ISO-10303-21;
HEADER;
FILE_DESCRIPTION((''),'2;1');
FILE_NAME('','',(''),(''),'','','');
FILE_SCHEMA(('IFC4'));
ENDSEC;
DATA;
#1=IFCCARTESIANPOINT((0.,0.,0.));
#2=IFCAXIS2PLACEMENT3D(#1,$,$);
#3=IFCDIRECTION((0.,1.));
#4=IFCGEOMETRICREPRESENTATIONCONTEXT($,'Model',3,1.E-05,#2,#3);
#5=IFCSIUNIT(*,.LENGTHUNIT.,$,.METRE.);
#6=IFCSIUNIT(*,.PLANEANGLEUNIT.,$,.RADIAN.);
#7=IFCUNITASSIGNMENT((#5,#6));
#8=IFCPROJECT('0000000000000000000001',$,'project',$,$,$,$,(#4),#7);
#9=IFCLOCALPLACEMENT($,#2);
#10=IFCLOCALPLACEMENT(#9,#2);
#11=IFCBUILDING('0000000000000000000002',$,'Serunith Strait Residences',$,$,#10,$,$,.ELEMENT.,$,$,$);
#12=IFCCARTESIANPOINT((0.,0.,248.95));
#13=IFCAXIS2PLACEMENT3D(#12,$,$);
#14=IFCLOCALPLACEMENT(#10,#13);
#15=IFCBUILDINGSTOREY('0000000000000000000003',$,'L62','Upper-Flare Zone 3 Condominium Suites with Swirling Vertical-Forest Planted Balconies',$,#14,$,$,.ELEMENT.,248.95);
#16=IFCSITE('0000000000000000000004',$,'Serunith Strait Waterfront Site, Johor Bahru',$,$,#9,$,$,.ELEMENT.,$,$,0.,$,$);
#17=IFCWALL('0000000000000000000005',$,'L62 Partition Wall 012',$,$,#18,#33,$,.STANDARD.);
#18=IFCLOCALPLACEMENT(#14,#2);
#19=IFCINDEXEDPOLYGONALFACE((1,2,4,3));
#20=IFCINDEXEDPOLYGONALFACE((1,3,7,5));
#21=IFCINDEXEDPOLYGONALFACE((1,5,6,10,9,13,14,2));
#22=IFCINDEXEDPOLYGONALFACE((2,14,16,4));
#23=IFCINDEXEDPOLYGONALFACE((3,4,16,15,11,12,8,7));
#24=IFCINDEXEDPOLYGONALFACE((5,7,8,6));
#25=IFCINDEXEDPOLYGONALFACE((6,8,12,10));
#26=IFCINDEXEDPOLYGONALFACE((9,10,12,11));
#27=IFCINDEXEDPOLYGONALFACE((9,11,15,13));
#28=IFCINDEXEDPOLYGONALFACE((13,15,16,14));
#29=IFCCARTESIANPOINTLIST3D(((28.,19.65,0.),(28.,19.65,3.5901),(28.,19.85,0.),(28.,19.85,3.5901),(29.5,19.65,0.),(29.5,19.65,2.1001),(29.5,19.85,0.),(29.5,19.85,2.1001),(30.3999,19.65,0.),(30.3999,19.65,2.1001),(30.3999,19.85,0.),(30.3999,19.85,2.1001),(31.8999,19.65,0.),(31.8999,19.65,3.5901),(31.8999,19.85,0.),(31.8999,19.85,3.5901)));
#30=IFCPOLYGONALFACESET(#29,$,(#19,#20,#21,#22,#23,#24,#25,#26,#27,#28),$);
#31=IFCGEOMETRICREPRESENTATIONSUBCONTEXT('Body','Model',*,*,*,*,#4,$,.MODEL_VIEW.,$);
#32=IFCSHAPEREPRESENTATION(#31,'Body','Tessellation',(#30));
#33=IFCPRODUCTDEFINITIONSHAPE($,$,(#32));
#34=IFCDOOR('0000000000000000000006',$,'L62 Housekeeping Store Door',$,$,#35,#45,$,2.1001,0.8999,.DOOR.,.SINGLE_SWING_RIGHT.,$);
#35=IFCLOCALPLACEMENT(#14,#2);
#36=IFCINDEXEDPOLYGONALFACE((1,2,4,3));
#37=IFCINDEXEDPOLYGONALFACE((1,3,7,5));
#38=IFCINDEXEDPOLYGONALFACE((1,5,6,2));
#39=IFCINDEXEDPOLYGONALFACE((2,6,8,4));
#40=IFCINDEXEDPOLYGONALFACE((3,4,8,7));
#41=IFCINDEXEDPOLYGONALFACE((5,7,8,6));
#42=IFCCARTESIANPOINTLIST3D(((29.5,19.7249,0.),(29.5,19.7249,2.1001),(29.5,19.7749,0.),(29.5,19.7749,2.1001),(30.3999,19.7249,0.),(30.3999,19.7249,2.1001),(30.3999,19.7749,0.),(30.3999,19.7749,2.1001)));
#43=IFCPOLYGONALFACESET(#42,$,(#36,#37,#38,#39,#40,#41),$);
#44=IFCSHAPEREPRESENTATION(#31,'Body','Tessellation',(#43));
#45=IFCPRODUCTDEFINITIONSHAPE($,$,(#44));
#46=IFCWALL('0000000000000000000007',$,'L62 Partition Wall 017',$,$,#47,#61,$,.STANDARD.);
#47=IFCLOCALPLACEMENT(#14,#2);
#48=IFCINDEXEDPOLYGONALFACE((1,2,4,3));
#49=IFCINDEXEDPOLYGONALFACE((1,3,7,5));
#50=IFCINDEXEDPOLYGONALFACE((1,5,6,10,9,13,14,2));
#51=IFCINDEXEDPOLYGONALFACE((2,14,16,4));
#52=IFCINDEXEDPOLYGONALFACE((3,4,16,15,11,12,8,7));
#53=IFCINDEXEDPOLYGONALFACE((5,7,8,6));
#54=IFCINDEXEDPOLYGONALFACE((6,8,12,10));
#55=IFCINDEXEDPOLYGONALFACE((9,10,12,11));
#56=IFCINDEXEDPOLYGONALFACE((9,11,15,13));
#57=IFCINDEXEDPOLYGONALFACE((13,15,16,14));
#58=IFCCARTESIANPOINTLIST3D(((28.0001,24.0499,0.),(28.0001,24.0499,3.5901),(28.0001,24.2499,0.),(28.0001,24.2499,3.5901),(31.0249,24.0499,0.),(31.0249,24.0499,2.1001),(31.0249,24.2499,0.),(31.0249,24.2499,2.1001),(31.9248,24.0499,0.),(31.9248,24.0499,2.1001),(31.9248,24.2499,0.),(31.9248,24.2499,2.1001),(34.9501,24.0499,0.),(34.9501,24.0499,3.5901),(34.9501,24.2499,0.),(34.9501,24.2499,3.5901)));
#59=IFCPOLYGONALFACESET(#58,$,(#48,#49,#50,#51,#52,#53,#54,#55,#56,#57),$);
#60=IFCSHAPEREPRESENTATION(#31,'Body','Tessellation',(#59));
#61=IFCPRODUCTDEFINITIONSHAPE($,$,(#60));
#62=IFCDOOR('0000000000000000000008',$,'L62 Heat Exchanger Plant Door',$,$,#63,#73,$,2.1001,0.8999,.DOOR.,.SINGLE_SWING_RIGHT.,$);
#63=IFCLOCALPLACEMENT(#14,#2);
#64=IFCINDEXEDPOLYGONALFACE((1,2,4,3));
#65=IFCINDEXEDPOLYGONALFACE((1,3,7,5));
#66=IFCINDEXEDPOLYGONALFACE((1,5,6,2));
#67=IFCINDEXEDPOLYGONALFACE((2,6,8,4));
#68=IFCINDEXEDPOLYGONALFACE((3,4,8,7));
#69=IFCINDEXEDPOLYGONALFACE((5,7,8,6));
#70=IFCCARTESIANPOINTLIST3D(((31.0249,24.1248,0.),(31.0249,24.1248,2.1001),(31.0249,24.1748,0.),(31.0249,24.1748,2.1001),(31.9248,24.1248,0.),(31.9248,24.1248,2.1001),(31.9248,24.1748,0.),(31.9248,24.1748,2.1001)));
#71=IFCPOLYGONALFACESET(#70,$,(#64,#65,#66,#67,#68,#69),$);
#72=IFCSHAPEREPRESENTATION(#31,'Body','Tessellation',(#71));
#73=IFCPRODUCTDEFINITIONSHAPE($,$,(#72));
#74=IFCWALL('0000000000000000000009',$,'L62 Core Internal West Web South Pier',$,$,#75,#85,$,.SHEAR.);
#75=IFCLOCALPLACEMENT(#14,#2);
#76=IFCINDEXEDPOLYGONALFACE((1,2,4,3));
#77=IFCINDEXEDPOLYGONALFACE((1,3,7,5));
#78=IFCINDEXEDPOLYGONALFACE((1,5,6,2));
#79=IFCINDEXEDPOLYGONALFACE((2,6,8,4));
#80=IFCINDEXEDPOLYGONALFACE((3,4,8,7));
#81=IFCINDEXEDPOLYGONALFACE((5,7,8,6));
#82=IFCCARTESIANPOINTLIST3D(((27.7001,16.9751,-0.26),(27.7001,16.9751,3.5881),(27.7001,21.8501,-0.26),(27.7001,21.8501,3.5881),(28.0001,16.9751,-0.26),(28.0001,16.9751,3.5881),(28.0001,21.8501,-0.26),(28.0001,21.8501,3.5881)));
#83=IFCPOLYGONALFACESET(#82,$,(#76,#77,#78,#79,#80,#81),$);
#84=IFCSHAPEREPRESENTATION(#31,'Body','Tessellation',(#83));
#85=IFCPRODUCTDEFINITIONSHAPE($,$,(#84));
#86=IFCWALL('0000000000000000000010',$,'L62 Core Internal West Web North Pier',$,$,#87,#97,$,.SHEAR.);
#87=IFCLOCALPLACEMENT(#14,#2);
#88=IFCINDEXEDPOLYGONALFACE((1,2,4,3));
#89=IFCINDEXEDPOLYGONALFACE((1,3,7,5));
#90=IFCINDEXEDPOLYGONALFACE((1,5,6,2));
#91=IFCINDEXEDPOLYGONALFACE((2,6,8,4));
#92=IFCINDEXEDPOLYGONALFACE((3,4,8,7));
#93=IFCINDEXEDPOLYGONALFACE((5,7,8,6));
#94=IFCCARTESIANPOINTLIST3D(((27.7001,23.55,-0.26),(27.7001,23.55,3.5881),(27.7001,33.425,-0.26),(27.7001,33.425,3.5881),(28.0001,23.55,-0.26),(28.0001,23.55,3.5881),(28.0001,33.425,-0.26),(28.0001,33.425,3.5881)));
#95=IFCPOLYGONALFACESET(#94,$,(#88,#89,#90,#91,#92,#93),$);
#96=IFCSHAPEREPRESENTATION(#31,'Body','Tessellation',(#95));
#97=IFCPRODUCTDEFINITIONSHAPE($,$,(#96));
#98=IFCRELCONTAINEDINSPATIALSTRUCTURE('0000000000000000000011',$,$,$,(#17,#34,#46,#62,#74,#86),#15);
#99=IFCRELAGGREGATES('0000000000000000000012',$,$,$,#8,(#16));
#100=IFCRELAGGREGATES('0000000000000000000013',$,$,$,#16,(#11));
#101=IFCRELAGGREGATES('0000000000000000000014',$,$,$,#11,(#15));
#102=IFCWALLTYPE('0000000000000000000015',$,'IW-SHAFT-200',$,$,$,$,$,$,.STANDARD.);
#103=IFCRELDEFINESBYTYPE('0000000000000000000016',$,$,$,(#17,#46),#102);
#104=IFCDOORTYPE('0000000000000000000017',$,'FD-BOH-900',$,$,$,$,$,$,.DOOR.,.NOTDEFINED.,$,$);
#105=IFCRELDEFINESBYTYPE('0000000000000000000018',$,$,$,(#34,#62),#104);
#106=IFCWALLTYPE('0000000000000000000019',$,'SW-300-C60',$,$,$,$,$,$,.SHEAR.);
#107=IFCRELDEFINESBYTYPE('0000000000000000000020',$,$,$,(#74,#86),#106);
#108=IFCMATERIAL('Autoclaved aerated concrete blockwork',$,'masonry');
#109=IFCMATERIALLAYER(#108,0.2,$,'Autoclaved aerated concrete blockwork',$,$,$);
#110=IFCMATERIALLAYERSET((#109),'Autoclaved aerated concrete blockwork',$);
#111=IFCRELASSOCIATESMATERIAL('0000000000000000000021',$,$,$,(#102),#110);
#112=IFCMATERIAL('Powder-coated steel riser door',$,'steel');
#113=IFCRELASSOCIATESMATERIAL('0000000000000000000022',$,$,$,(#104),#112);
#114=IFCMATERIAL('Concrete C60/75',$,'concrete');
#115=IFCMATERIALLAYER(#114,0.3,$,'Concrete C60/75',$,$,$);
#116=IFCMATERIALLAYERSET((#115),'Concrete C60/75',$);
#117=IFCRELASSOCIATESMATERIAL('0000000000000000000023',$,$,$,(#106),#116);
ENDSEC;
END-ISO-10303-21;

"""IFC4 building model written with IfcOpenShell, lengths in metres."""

from ifc_helpers import new_model, si_unit, direction, frame, frame_2d, origin, place, context, subcontext, project, spatial, rectangle, extrude, source, transform, mapped, material, layer, layer_set, type_object, element, fill, save


model = new_model("IFC4")

# Units and contexts
model_context = context("Model", 3, precision=1e-05, world=origin(), true_north=direction((0.0, 1.0)))
body_context = subcontext(model_context, "Body", "Model", "MODEL_VIEW")
ifc_project = project(units=[si_unit("LENGTHUNIT", "METRE"), si_unit("PLANEANGLEUNIT", "RADIAN")], contexts=[model_context])

# Site, building, storey
site_placement = place(None, origin())
site = spatial("IfcSite", under=ifc_project, at=site_placement, Name="Serunith Strait Waterfront Site, Johor Bahru", CompositionType="ELEMENT", RefElevation=0.0)
building_placement = place(site_placement, origin())
building = spatial("IfcBuilding", under=site, at=building_placement, Name="Serunith Strait Residences", CompositionType="ELEMENT")
storey_placement = place(building_placement, frame((0.0, 0.0, 248.95)))
storey = spatial("IfcBuildingStorey", under=building, at=storey_placement, Name="L62", Description="Upper-Flare Zone 3 Condominium Suites with Swirling Vertical-Forest Planted Balconies", CompositionType="ELEMENT", Elevation=248.95)

# Shared definitions
ifc_material_1 = material(Name="Autoclaved aerated concrete blockwork", Category="masonry")
ifc_layer_1 = layer(ifc_material_1, 0.2, Name="Autoclaved aerated concrete blockwork")
ifc_layer_set_1 = layer_set([ifc_layer_1], Name="Autoclaved aerated concrete blockwork")
wall_type_1 = type_object("IfcWallType", Name="IW-SHAFT-200", PredefinedType="STANDARD", material=ifc_layer_set_1)

# Walls, openings, doors
wall_1_placement = place(storey_placement, frame((28.0, 19.75, 0.0), z_axis=(0.0, 0.0, 1.0), x_axis=(1.0, 0.0, 0.0)))
wall_1 = element("IfcWall", 1, at=wall_1_placement, inside=storey, type_object=wall_type_1, Name="L62 Partition Wall 012", PredefinedType="STANDARD", context=body_context, shape_type="SweptSolid", body=[
    extrude(rectangle(XDim=3.8999, YDim=0.2, at=frame_2d((1.95, 0.0))), origin(), (0.0, 0.0, 1.0), 3.5901),
])
opening_1_placement = place(wall_1_placement, frame((1.5, 0.0, 0.0)))
opening_1 = element("IfcOpeningElement", 2, at=opening_1_placement, cuts=wall_1, PredefinedType="OPENING", context=body_context, shape_type="SweptSolid", body=[
    extrude(rectangle(XDim=0.8999, YDim=2.1001, at=frame_2d((0.45, 1.05))), frame((0.0, 0.1099, 0.0), z_axis=(0.0, -1.0, 0.0), x_axis=(1.0, 0.0, 0.0)), (0.0, 0.0, 1.0), 0.22),
])
ifc_material_2 = material(Name="Powder-coated steel riser door", Category="steel")
door_type_1 = type_object("IfcDoorType", Name="FD-BOH-900", OperationType="NOTDEFINED", PredefinedType="DOOR", material=ifc_material_2)
shared_shape_1 = source(origin(), body_context, "Body", "SweptSolid", [
    extrude(rectangle(XDim=0.8999, YDim=2.1001, at=frame_2d((0.45, 1.05))), frame((0.0, 0.0249, 0.0), z_axis=(0.0, -1.0, 0.0), x_axis=(1.0, 0.0, 0.0)), (0.0, 0.0, 1.0), 0.05),
])
door_1_placement = place(opening_1_placement, origin())
door_1 = element("IfcDoor", 3, at=door_1_placement, inside=storey, type_object=door_type_1, Name="L62 Housekeeping Store Door", OperationType="SINGLE_SWING_RIGHT", OverallHeight=2.1001, OverallWidth=0.8999, PredefinedType="DOOR", context=body_context, shape_type="MappedRepresentation", body=[
    mapped(shared_shape_1, transform((0.0, 0.0, 0.0), scale=1.0)),
])
fill(opening_1, door_1)
wall_2_placement = place(storey_placement, frame((28.0, 24.1499, 0.0), z_axis=(0.0, 0.0, 1.0), x_axis=(1.0, 0.0, 0.0)))
wall_2 = element("IfcWall", 4, at=wall_2_placement, inside=storey, type_object=wall_type_1, Name="L62 Partition Wall 017", PredefinedType="STANDARD", context=body_context, shape_type="SweptSolid", body=[
    extrude(rectangle(XDim=6.95, YDim=0.2, at=frame_2d((3.4751, 0.0))), origin(), (0.0, 0.0, 1.0), 3.5901),
])
opening_2_placement = place(wall_2_placement, frame((3.0249, 0.0, 0.0)))
opening_2 = element("IfcOpeningElement", 5, at=opening_2_placement, cuts=wall_2, PredefinedType="OPENING", context=body_context, shape_type="SweptSolid", body=[
    extrude(rectangle(XDim=0.8999, YDim=2.1001, at=frame_2d((0.45, 1.05))), frame((0.0, 0.1099, 0.0), z_axis=(0.0, -1.0, 0.0), x_axis=(1.0, 0.0, 0.0)), (0.0, 0.0, 1.0), 0.22),
])
door_2_placement = place(opening_2_placement, origin())
door_2 = element("IfcDoor", 6, at=door_2_placement, inside=storey, type_object=door_type_1, Name="L62 Heat Exchanger Plant Door", OperationType="SINGLE_SWING_RIGHT", OverallHeight=2.1001, OverallWidth=0.8999, PredefinedType="DOOR", context=body_context, shape_type="MappedRepresentation", body=[
    mapped(shared_shape_1, transform((0.0, 0.0, 0.0), scale=1.0)),
])
fill(opening_2, door_2)

# Walls
ifc_material_3 = material(Name="Concrete C60/75", Category="concrete")
ifc_layer_2 = layer(ifc_material_3, 0.3, Name="Concrete C60/75")
ifc_layer_set_2 = layer_set([ifc_layer_2], Name="Concrete C60/75")
wall_type_2 = type_object("IfcWallType", Name="SW-300-C60", PredefinedType="SHEAR", material=ifc_layer_set_2)
wall_3_placement = place(storey_placement, frame((27.8501, 16.9751, -0.26), z_axis=(0.0, 0.0, 1.0), x_axis=(0.0, 1.0, 0.0)))
element("IfcWall", 7, at=wall_3_placement, inside=storey, type_object=wall_type_2, Name="L62 Core Internal West Web South Pier", PredefinedType="SHEAR", context=body_context, shape_type="SweptSolid", body=[
    extrude(rectangle(XDim=4.875, YDim=0.3, at=frame_2d((2.4375, 0.0))), origin(), (0.0, 0.0, 1.0), 3.8481),
])
wall_4_placement = place(storey_placement, frame((27.8501, 23.55, -0.26), z_axis=(0.0, 0.0, 1.0), x_axis=(0.0, 1.0, 0.0)))
element("IfcWall", 8, at=wall_4_placement, inside=storey, type_object=wall_type_2, Name="L62 Core Internal West Web North Pier", PredefinedType="SHEAR", context=body_context, shape_type="SweptSolid", body=[
    extrude(rectangle(XDim=9.875, YDim=0.3, at=frame_2d((4.9375, 0.0))), origin(), (0.0, 0.0, 1.0), 3.8481),
])

save(model, "model.ifc")
